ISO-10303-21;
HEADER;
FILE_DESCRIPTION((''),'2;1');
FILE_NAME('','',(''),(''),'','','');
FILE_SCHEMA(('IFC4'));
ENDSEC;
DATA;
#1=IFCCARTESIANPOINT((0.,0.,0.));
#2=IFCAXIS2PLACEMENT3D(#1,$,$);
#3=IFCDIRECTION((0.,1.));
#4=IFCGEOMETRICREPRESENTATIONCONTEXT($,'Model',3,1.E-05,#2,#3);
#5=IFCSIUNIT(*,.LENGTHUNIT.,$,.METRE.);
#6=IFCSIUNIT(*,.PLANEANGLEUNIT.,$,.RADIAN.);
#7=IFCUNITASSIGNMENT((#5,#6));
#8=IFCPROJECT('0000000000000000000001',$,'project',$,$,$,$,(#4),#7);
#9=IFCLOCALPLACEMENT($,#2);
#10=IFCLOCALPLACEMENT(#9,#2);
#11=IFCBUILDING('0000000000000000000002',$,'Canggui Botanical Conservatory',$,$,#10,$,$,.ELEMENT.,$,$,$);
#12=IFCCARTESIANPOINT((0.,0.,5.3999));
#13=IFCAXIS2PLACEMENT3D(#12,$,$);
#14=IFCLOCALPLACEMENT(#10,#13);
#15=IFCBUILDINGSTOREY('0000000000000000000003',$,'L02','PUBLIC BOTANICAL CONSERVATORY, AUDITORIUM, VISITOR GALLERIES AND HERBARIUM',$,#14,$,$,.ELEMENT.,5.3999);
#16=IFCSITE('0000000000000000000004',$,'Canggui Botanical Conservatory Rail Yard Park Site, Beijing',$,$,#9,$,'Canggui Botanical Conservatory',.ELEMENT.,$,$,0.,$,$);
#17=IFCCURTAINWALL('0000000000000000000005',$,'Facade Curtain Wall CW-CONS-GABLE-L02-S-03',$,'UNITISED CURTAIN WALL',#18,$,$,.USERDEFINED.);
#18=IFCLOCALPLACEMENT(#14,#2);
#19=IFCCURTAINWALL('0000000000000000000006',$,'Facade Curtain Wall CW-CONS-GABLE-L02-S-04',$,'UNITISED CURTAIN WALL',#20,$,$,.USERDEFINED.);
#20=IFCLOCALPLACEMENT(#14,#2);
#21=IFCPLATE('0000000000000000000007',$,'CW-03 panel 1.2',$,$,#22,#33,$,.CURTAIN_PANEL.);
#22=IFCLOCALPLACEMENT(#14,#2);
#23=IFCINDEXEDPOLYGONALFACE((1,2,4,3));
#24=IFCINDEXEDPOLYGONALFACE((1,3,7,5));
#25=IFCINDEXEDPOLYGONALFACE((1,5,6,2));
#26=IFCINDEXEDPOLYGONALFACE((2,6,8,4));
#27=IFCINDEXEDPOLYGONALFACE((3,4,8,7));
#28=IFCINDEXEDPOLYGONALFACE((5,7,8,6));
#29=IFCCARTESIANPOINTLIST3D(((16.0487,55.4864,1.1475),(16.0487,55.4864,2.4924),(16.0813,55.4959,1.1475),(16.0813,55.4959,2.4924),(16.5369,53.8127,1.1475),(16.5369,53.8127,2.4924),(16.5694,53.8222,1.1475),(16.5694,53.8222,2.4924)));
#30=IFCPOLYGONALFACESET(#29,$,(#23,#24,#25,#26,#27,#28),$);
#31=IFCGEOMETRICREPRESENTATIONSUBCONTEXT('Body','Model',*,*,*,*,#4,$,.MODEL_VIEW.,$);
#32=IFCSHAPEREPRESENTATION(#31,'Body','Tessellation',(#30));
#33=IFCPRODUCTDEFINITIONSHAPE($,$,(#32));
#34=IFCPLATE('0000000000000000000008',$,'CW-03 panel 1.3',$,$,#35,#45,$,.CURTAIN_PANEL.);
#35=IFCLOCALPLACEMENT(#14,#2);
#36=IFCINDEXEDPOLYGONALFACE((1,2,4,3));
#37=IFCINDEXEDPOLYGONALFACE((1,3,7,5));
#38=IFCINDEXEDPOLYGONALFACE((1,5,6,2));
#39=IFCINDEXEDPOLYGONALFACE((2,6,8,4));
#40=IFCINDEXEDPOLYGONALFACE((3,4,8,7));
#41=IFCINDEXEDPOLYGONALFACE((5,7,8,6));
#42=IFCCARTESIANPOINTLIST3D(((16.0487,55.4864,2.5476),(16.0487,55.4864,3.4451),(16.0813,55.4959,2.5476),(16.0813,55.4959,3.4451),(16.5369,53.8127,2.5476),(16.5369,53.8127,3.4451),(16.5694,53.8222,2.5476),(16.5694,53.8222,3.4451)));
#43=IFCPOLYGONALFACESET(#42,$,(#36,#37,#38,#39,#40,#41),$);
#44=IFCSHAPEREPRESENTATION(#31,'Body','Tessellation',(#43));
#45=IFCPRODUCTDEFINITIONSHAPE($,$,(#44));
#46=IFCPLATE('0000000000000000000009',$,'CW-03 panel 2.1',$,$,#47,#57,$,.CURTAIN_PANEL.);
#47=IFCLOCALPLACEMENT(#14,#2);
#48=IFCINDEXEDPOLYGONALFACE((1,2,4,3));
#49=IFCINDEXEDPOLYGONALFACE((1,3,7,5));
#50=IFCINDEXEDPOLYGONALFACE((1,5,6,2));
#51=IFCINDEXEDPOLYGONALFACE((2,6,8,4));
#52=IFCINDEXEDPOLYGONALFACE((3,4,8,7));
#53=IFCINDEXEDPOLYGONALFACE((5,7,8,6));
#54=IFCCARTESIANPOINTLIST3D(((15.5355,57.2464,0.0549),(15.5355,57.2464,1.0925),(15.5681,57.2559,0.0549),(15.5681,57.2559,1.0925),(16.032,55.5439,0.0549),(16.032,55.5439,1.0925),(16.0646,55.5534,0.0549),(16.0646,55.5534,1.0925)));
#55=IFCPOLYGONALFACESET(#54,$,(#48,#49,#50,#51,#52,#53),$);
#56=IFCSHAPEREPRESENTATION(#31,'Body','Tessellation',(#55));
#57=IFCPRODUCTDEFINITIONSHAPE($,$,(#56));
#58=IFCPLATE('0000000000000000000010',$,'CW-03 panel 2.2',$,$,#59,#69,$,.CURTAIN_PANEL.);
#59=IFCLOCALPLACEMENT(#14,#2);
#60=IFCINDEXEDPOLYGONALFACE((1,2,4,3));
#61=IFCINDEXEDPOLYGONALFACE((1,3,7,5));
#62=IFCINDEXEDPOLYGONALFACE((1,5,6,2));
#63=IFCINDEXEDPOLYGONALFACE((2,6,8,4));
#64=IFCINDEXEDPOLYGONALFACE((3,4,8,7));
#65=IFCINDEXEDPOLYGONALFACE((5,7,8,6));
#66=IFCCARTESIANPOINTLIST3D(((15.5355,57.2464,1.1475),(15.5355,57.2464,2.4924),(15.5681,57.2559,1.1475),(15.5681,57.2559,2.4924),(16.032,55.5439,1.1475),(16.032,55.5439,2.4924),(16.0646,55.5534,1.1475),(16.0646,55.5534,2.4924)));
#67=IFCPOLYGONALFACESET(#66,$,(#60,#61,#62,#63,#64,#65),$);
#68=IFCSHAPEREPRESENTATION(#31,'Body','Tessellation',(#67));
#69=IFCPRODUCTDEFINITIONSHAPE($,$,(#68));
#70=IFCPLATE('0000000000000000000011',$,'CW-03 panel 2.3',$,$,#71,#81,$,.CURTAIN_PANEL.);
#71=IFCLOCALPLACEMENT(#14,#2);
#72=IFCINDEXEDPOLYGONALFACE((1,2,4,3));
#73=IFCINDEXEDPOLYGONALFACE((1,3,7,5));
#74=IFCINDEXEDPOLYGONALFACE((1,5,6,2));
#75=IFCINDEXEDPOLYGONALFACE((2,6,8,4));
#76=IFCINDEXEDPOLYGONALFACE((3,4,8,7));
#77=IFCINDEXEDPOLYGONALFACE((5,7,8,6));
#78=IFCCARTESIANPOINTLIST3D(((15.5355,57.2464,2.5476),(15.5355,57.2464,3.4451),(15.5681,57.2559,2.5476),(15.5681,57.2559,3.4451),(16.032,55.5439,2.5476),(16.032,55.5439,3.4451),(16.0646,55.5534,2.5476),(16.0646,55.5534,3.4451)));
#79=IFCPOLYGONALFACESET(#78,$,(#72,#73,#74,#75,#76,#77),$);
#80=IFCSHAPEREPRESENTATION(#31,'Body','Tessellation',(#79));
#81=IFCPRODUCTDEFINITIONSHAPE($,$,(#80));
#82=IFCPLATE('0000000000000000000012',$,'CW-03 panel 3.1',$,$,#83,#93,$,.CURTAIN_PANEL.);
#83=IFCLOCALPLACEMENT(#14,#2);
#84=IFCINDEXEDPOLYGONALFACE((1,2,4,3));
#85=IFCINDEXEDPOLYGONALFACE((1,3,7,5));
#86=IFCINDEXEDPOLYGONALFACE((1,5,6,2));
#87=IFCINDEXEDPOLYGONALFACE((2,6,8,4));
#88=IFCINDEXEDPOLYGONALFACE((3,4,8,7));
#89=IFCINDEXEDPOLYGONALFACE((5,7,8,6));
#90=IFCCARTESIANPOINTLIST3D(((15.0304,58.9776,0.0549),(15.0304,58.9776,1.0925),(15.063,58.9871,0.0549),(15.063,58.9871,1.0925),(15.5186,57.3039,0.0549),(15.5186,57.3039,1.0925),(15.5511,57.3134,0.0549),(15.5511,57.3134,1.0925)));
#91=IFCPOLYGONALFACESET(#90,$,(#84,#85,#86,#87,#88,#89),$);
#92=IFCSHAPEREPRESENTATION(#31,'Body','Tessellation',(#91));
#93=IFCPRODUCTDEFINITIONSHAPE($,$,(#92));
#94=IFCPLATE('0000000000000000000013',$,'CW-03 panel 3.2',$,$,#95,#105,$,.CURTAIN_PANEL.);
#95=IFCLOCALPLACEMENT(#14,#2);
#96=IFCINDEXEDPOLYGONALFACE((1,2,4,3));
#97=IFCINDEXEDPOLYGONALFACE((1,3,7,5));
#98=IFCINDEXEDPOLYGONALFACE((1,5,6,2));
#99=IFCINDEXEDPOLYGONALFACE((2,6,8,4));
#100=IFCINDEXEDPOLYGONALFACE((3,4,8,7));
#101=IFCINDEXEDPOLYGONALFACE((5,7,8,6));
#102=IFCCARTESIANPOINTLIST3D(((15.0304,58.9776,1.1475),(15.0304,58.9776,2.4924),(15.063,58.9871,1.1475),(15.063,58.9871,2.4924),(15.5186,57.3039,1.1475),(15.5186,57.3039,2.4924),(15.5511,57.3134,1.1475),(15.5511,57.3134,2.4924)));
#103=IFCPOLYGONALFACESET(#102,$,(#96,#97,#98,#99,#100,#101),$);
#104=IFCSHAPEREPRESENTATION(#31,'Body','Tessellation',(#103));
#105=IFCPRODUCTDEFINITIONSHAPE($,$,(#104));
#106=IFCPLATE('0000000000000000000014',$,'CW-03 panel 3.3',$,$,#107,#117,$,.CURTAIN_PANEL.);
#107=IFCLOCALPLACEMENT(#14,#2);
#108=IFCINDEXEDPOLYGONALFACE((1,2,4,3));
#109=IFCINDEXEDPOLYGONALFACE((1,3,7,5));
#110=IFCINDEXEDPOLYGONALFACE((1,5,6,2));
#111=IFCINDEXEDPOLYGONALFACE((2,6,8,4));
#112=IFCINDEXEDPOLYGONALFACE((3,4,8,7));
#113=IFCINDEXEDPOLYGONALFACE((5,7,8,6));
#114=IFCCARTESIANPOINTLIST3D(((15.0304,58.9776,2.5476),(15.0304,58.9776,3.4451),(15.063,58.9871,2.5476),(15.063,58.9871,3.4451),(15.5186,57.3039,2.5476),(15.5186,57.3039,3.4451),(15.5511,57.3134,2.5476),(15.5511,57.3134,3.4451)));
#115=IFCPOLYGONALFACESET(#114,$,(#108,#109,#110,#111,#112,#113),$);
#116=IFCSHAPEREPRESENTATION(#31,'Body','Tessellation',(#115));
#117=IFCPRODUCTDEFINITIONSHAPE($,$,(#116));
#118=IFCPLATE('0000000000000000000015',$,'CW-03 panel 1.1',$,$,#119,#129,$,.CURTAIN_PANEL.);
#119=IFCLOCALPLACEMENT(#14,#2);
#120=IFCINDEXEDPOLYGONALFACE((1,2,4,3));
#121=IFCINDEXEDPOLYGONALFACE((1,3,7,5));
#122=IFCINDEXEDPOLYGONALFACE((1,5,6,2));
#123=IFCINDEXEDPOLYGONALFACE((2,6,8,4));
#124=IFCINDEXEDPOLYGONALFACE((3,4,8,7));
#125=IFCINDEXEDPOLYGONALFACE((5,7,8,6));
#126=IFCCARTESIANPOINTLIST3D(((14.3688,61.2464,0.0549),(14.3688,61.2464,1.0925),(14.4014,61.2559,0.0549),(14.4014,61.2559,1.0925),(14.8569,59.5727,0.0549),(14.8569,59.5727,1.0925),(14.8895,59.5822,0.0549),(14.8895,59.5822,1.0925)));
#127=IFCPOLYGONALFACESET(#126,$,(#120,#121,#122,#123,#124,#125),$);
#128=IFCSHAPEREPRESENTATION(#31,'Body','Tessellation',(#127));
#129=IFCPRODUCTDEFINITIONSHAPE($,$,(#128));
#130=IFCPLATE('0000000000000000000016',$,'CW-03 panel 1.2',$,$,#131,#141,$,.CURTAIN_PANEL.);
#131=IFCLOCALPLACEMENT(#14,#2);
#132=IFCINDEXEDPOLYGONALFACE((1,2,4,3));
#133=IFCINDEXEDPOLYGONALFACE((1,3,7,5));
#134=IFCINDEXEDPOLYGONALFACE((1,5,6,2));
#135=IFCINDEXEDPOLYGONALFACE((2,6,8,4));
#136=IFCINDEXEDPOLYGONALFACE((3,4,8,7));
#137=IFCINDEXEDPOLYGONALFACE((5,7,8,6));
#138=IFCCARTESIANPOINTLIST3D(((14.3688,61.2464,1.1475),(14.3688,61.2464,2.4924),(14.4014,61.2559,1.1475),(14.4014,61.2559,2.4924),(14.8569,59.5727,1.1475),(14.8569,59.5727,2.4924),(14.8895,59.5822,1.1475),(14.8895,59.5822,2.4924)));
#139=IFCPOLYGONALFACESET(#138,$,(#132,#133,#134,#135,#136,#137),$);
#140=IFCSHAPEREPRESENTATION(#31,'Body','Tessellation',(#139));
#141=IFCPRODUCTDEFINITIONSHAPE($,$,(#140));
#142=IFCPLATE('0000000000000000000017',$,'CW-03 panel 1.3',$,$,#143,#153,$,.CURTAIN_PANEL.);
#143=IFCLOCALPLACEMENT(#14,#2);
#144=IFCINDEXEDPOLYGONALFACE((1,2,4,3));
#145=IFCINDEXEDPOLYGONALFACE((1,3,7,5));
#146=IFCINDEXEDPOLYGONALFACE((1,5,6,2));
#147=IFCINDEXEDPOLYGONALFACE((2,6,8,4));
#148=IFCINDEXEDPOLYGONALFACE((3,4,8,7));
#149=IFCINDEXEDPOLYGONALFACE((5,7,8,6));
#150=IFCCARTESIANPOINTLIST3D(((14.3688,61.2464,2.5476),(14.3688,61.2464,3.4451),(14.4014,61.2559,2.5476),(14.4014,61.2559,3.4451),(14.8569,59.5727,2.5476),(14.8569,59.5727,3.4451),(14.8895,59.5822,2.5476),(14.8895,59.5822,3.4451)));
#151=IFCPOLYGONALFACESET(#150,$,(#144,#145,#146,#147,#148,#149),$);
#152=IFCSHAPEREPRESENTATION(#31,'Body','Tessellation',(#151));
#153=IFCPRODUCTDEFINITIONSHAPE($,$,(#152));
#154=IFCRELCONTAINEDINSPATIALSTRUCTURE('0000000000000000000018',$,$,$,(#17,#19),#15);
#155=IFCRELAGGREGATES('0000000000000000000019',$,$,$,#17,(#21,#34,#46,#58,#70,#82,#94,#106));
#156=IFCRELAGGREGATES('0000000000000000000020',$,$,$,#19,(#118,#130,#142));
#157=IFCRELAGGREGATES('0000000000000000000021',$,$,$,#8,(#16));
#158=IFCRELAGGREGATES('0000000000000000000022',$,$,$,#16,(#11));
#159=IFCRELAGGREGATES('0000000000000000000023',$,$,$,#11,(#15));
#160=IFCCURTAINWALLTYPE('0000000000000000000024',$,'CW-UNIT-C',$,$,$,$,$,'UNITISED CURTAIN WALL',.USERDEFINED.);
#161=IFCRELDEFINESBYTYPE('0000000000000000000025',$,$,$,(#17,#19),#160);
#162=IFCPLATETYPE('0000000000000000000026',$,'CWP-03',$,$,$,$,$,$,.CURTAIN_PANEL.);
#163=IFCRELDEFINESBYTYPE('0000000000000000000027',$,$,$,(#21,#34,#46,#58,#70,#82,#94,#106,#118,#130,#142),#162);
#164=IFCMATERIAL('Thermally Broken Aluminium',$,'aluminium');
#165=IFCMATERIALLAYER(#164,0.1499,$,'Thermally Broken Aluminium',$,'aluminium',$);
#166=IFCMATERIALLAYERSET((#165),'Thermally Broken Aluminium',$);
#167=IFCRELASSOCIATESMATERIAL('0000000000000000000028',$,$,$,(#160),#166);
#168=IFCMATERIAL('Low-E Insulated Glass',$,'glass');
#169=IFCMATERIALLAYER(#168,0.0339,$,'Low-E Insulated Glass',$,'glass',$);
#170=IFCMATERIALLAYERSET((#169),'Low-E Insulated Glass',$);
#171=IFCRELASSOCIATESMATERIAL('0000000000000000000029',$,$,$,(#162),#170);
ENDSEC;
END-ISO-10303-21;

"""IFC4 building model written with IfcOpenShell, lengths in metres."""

from ifc_helpers import new_model, si_unit, direction, frame, origin, origin_2d, place, context, subcontext, project, spatial, rectangle, extrude, material, layer, layer_set, type_object, element, aggregate, save


model = new_model("IFC4")

# Units and contexts
model_context = context("Model", 3, precision=1e-05, world=origin(), true_north=direction((0.0, 1.0)))
body_context = subcontext(model_context, "Body", "Model", "MODEL_VIEW")
ifc_project = project(units=[si_unit("LENGTHUNIT", "METRE"), si_unit("PLANEANGLEUNIT", "RADIAN")], contexts=[model_context])

# Site, building, storey
site_placement = place(None, origin())
site = spatial("IfcSite", under=ifc_project, at=site_placement, Name="Canggui Botanical Conservatory Rail Yard Park Site, Beijing", LongName="Canggui Botanical Conservatory", CompositionType="ELEMENT", RefElevation=0.0)
building_placement = place(site_placement, origin())
building = spatial("IfcBuilding", under=site, at=building_placement, Name="Canggui Botanical Conservatory", CompositionType="ELEMENT")
storey_placement = place(building_placement, frame((0.0, 0.0, 5.3999)))
storey = spatial("IfcBuildingStorey", under=building, at=storey_placement, Name="L02", Description="PUBLIC BOTANICAL CONSERVATORY, AUDITORIUM, VISITOR GALLERIES AND HERBARIUM", CompositionType="ELEMENT", Elevation=5.3999)

# Curtain wall
ifc_material_1 = material(Name="Thermally Broken Aluminium", Category="aluminium")
ifc_layer_1 = layer(ifc_material_1, 0.1499, Name="Thermally Broken Aluminium", Category="aluminium")
ifc_layer_set_1 = layer_set([ifc_layer_1], Name="Thermally Broken Aluminium")
curtain_wall_type = type_object("IfcCurtainWallType", Name="CW-UNIT-C", ElementType="UNITISED CURTAIN WALL", PredefinedType="USERDEFINED", material=ifc_layer_set_1)
curtain_wall_1_placement = place(storey_placement, origin())
curtain_wall_1 = element("IfcCurtainWall", 1, at=curtain_wall_1_placement, inside=storey, type_object=curtain_wall_type, Name="Facade Curtain Wall CW-CONS-GABLE-L02-S-03", ObjectType="UNITISED CURTAIN WALL", PredefinedType="USERDEFINED")

# Curtain wall
curtain_wall_2_placement = place(storey_placement, origin())
curtain_wall_2 = element("IfcCurtainWall", 2, at=curtain_wall_2_placement, inside=storey, type_object=curtain_wall_type, Name="Facade Curtain Wall CW-CONS-GABLE-L02-S-04", ObjectType="UNITISED CURTAIN WALL", PredefinedType="USERDEFINED")

# Plates
ifc_material_2 = material(Name="Low-E Insulated Glass", Category="glass")
ifc_layer_2 = layer(ifc_material_2, 0.0339, Name="Low-E Insulated Glass", Category="glass")
ifc_layer_set_2 = layer_set([ifc_layer_2], Name="Low-E Insulated Glass")
plate_type = type_object("IfcPlateType", Name="CWP-03", PredefinedType="CURTAIN_PANEL", material=ifc_layer_set_2)
plate_1_placement = place(storey_placement, frame((16.3091, 54.6543, 1.1475), z_axis=(0.0, 0.0, 1.0), x_axis=(-0.28, 0.96, 0.0)))
plate_1 = element("IfcPlate", 3, at=plate_1_placement, type_object=plate_type, Name="CW-03 panel 1.2", PredefinedType="CURTAIN_PANEL", context=body_context, shape_type="SweptSolid", body=[
    extrude(rectangle(XDim=1.7434, YDim=0.0339, at=origin_2d()), origin(), (0.0, 0.0, 1.0), 1.345),
])
plate_2_placement = place(storey_placement, frame((16.3091, 54.6543, 2.5476), z_axis=(0.0, 0.0, 1.0), x_axis=(-0.28, 0.96, 0.0)))
plate_2 = element("IfcPlate", 4, at=plate_2_placement, type_object=plate_type, Name="CW-03 panel 1.3", PredefinedType="CURTAIN_PANEL", context=body_context, shape_type="SweptSolid", body=[
    extrude(rectangle(XDim=1.7434, YDim=0.0339, at=origin_2d()), origin(), (0.0, 0.0, 1.0), 0.8975),
])
plate_3_placement = place(storey_placement, frame((15.8, 56.3999, 0.0549), z_axis=(0.0, 0.0, 1.0), x_axis=(-0.28, 0.96, 0.0)))
plate_3 = element("IfcPlate", 5, at=plate_3_placement, type_object=plate_type, Name="CW-03 panel 2.1", PredefinedType="CURTAIN_PANEL", context=body_context, shape_type="SweptSolid", body=[
    extrude(rectangle(XDim=1.7734, YDim=0.0339, at=origin_2d()), origin(), (0.0, 0.0, 1.0), 1.0376),
])
plate_4_placement = place(storey_placement, frame((15.8, 56.3999, 1.1475), z_axis=(0.0, 0.0, 1.0), x_axis=(-0.28, 0.96, 0.0)))
plate_4 = element("IfcPlate", 6, at=plate_4_placement, type_object=plate_type, Name="CW-03 panel 2.2", PredefinedType="CURTAIN_PANEL", context=body_context, shape_type="SweptSolid", body=[
    extrude(rectangle(XDim=1.7734, YDim=0.0339, at=origin_2d()), origin(), (0.0, 0.0, 1.0), 1.345),
])
plate_5_placement = place(storey_placement, frame((15.8, 56.3999, 2.5476), z_axis=(0.0, 0.0, 1.0), x_axis=(-0.28, 0.96, 0.0)))
plate_5 = element("IfcPlate", 7, at=plate_5_placement, type_object=plate_type, Name="CW-03 panel 2.3", PredefinedType="CURTAIN_PANEL", context=body_context, shape_type="SweptSolid", body=[
    extrude(rectangle(XDim=1.7734, YDim=0.0339, at=origin_2d()), origin(), (0.0, 0.0, 1.0), 0.8975),
])
plate_6_placement = place(storey_placement, frame((15.2908, 58.1455, 0.0549), z_axis=(0.0, 0.0, 1.0), x_axis=(-0.28, 0.96, 0.0)))
plate_6 = element("IfcPlate", 8, at=plate_6_placement, type_object=plate_type, Name="CW-03 panel 3.1", PredefinedType="CURTAIN_PANEL", context=body_context, shape_type="SweptSolid", body=[
    extrude(rectangle(XDim=1.7434, YDim=0.0339, at=origin_2d()), origin(), (0.0, 0.0, 1.0), 1.0376),
])
plate_7_placement = place(storey_placement, frame((15.2908, 58.1455, 1.1475), z_axis=(0.0, 0.0, 1.0), x_axis=(-0.28, 0.96, 0.0)))
plate_7 = element("IfcPlate", 9, at=plate_7_placement, type_object=plate_type, Name="CW-03 panel 3.2", PredefinedType="CURTAIN_PANEL", context=body_context, shape_type="SweptSolid", body=[
    extrude(rectangle(XDim=1.7434, YDim=0.0339, at=origin_2d()), origin(), (0.0, 0.0, 1.0), 1.345),
])
plate_8_placement = place(storey_placement, frame((15.2908, 58.1455, 2.5476), z_axis=(0.0, 0.0, 1.0), x_axis=(-0.28, 0.96, 0.0)))
plate_8 = element("IfcPlate", 10, at=plate_8_placement, type_object=plate_type, Name="CW-03 panel 3.3", PredefinedType="CURTAIN_PANEL", context=body_context, shape_type="SweptSolid", body=[
    extrude(rectangle(XDim=1.7434, YDim=0.0339, at=origin_2d()), origin(), (0.0, 0.0, 1.0), 0.8975),
])
aggregate(curtain_wall_1, [plate_1, plate_2, plate_3, plate_4, plate_5, plate_6, plate_7, plate_8])
plate_9_placement = place(storey_placement, frame((14.6292, 60.4143, 0.0549), z_axis=(0.0, 0.0, 1.0), x_axis=(-0.28, 0.96, 0.0)))
plate_9 = element("IfcPlate", 11, at=plate_9_placement, type_object=plate_type, Name="CW-03 panel 1.1", PredefinedType="CURTAIN_PANEL", context=body_context, shape_type="SweptSolid", body=[
    extrude(rectangle(XDim=1.7434, YDim=0.0339, at=origin_2d()), origin(), (0.0, 0.0, 1.0), 1.0376),
])
plate_10_placement = place(storey_placement, frame((14.6292, 60.4143, 1.1475), z_axis=(0.0, 0.0, 1.0), x_axis=(-0.28, 0.96, 0.0)))
plate_10 = element("IfcPlate", 12, at=plate_10_placement, type_object=plate_type, Name="CW-03 panel 1.2", PredefinedType="CURTAIN_PANEL", context=body_context, shape_type="SweptSolid", body=[
    extrude(rectangle(XDim=1.7434, YDim=0.0339, at=origin_2d()), origin(), (0.0, 0.0, 1.0), 1.345),
])
plate_11_placement = place(storey_placement, frame((14.6292, 60.4143, 2.5476), z_axis=(0.0, 0.0, 1.0), x_axis=(-0.28, 0.96, 0.0)))
plate_11 = element("IfcPlate", 13, at=plate_11_placement, type_object=plate_type, Name="CW-03 panel 1.3", PredefinedType="CURTAIN_PANEL", context=body_context, shape_type="SweptSolid", body=[
    extrude(rectangle(XDim=1.7434, YDim=0.0339, at=origin_2d()), origin(), (0.0, 0.0, 1.0), 0.8975),
])
aggregate(curtain_wall_2, [plate_9, plate_10, plate_11])

save(model, "model.ifc")
